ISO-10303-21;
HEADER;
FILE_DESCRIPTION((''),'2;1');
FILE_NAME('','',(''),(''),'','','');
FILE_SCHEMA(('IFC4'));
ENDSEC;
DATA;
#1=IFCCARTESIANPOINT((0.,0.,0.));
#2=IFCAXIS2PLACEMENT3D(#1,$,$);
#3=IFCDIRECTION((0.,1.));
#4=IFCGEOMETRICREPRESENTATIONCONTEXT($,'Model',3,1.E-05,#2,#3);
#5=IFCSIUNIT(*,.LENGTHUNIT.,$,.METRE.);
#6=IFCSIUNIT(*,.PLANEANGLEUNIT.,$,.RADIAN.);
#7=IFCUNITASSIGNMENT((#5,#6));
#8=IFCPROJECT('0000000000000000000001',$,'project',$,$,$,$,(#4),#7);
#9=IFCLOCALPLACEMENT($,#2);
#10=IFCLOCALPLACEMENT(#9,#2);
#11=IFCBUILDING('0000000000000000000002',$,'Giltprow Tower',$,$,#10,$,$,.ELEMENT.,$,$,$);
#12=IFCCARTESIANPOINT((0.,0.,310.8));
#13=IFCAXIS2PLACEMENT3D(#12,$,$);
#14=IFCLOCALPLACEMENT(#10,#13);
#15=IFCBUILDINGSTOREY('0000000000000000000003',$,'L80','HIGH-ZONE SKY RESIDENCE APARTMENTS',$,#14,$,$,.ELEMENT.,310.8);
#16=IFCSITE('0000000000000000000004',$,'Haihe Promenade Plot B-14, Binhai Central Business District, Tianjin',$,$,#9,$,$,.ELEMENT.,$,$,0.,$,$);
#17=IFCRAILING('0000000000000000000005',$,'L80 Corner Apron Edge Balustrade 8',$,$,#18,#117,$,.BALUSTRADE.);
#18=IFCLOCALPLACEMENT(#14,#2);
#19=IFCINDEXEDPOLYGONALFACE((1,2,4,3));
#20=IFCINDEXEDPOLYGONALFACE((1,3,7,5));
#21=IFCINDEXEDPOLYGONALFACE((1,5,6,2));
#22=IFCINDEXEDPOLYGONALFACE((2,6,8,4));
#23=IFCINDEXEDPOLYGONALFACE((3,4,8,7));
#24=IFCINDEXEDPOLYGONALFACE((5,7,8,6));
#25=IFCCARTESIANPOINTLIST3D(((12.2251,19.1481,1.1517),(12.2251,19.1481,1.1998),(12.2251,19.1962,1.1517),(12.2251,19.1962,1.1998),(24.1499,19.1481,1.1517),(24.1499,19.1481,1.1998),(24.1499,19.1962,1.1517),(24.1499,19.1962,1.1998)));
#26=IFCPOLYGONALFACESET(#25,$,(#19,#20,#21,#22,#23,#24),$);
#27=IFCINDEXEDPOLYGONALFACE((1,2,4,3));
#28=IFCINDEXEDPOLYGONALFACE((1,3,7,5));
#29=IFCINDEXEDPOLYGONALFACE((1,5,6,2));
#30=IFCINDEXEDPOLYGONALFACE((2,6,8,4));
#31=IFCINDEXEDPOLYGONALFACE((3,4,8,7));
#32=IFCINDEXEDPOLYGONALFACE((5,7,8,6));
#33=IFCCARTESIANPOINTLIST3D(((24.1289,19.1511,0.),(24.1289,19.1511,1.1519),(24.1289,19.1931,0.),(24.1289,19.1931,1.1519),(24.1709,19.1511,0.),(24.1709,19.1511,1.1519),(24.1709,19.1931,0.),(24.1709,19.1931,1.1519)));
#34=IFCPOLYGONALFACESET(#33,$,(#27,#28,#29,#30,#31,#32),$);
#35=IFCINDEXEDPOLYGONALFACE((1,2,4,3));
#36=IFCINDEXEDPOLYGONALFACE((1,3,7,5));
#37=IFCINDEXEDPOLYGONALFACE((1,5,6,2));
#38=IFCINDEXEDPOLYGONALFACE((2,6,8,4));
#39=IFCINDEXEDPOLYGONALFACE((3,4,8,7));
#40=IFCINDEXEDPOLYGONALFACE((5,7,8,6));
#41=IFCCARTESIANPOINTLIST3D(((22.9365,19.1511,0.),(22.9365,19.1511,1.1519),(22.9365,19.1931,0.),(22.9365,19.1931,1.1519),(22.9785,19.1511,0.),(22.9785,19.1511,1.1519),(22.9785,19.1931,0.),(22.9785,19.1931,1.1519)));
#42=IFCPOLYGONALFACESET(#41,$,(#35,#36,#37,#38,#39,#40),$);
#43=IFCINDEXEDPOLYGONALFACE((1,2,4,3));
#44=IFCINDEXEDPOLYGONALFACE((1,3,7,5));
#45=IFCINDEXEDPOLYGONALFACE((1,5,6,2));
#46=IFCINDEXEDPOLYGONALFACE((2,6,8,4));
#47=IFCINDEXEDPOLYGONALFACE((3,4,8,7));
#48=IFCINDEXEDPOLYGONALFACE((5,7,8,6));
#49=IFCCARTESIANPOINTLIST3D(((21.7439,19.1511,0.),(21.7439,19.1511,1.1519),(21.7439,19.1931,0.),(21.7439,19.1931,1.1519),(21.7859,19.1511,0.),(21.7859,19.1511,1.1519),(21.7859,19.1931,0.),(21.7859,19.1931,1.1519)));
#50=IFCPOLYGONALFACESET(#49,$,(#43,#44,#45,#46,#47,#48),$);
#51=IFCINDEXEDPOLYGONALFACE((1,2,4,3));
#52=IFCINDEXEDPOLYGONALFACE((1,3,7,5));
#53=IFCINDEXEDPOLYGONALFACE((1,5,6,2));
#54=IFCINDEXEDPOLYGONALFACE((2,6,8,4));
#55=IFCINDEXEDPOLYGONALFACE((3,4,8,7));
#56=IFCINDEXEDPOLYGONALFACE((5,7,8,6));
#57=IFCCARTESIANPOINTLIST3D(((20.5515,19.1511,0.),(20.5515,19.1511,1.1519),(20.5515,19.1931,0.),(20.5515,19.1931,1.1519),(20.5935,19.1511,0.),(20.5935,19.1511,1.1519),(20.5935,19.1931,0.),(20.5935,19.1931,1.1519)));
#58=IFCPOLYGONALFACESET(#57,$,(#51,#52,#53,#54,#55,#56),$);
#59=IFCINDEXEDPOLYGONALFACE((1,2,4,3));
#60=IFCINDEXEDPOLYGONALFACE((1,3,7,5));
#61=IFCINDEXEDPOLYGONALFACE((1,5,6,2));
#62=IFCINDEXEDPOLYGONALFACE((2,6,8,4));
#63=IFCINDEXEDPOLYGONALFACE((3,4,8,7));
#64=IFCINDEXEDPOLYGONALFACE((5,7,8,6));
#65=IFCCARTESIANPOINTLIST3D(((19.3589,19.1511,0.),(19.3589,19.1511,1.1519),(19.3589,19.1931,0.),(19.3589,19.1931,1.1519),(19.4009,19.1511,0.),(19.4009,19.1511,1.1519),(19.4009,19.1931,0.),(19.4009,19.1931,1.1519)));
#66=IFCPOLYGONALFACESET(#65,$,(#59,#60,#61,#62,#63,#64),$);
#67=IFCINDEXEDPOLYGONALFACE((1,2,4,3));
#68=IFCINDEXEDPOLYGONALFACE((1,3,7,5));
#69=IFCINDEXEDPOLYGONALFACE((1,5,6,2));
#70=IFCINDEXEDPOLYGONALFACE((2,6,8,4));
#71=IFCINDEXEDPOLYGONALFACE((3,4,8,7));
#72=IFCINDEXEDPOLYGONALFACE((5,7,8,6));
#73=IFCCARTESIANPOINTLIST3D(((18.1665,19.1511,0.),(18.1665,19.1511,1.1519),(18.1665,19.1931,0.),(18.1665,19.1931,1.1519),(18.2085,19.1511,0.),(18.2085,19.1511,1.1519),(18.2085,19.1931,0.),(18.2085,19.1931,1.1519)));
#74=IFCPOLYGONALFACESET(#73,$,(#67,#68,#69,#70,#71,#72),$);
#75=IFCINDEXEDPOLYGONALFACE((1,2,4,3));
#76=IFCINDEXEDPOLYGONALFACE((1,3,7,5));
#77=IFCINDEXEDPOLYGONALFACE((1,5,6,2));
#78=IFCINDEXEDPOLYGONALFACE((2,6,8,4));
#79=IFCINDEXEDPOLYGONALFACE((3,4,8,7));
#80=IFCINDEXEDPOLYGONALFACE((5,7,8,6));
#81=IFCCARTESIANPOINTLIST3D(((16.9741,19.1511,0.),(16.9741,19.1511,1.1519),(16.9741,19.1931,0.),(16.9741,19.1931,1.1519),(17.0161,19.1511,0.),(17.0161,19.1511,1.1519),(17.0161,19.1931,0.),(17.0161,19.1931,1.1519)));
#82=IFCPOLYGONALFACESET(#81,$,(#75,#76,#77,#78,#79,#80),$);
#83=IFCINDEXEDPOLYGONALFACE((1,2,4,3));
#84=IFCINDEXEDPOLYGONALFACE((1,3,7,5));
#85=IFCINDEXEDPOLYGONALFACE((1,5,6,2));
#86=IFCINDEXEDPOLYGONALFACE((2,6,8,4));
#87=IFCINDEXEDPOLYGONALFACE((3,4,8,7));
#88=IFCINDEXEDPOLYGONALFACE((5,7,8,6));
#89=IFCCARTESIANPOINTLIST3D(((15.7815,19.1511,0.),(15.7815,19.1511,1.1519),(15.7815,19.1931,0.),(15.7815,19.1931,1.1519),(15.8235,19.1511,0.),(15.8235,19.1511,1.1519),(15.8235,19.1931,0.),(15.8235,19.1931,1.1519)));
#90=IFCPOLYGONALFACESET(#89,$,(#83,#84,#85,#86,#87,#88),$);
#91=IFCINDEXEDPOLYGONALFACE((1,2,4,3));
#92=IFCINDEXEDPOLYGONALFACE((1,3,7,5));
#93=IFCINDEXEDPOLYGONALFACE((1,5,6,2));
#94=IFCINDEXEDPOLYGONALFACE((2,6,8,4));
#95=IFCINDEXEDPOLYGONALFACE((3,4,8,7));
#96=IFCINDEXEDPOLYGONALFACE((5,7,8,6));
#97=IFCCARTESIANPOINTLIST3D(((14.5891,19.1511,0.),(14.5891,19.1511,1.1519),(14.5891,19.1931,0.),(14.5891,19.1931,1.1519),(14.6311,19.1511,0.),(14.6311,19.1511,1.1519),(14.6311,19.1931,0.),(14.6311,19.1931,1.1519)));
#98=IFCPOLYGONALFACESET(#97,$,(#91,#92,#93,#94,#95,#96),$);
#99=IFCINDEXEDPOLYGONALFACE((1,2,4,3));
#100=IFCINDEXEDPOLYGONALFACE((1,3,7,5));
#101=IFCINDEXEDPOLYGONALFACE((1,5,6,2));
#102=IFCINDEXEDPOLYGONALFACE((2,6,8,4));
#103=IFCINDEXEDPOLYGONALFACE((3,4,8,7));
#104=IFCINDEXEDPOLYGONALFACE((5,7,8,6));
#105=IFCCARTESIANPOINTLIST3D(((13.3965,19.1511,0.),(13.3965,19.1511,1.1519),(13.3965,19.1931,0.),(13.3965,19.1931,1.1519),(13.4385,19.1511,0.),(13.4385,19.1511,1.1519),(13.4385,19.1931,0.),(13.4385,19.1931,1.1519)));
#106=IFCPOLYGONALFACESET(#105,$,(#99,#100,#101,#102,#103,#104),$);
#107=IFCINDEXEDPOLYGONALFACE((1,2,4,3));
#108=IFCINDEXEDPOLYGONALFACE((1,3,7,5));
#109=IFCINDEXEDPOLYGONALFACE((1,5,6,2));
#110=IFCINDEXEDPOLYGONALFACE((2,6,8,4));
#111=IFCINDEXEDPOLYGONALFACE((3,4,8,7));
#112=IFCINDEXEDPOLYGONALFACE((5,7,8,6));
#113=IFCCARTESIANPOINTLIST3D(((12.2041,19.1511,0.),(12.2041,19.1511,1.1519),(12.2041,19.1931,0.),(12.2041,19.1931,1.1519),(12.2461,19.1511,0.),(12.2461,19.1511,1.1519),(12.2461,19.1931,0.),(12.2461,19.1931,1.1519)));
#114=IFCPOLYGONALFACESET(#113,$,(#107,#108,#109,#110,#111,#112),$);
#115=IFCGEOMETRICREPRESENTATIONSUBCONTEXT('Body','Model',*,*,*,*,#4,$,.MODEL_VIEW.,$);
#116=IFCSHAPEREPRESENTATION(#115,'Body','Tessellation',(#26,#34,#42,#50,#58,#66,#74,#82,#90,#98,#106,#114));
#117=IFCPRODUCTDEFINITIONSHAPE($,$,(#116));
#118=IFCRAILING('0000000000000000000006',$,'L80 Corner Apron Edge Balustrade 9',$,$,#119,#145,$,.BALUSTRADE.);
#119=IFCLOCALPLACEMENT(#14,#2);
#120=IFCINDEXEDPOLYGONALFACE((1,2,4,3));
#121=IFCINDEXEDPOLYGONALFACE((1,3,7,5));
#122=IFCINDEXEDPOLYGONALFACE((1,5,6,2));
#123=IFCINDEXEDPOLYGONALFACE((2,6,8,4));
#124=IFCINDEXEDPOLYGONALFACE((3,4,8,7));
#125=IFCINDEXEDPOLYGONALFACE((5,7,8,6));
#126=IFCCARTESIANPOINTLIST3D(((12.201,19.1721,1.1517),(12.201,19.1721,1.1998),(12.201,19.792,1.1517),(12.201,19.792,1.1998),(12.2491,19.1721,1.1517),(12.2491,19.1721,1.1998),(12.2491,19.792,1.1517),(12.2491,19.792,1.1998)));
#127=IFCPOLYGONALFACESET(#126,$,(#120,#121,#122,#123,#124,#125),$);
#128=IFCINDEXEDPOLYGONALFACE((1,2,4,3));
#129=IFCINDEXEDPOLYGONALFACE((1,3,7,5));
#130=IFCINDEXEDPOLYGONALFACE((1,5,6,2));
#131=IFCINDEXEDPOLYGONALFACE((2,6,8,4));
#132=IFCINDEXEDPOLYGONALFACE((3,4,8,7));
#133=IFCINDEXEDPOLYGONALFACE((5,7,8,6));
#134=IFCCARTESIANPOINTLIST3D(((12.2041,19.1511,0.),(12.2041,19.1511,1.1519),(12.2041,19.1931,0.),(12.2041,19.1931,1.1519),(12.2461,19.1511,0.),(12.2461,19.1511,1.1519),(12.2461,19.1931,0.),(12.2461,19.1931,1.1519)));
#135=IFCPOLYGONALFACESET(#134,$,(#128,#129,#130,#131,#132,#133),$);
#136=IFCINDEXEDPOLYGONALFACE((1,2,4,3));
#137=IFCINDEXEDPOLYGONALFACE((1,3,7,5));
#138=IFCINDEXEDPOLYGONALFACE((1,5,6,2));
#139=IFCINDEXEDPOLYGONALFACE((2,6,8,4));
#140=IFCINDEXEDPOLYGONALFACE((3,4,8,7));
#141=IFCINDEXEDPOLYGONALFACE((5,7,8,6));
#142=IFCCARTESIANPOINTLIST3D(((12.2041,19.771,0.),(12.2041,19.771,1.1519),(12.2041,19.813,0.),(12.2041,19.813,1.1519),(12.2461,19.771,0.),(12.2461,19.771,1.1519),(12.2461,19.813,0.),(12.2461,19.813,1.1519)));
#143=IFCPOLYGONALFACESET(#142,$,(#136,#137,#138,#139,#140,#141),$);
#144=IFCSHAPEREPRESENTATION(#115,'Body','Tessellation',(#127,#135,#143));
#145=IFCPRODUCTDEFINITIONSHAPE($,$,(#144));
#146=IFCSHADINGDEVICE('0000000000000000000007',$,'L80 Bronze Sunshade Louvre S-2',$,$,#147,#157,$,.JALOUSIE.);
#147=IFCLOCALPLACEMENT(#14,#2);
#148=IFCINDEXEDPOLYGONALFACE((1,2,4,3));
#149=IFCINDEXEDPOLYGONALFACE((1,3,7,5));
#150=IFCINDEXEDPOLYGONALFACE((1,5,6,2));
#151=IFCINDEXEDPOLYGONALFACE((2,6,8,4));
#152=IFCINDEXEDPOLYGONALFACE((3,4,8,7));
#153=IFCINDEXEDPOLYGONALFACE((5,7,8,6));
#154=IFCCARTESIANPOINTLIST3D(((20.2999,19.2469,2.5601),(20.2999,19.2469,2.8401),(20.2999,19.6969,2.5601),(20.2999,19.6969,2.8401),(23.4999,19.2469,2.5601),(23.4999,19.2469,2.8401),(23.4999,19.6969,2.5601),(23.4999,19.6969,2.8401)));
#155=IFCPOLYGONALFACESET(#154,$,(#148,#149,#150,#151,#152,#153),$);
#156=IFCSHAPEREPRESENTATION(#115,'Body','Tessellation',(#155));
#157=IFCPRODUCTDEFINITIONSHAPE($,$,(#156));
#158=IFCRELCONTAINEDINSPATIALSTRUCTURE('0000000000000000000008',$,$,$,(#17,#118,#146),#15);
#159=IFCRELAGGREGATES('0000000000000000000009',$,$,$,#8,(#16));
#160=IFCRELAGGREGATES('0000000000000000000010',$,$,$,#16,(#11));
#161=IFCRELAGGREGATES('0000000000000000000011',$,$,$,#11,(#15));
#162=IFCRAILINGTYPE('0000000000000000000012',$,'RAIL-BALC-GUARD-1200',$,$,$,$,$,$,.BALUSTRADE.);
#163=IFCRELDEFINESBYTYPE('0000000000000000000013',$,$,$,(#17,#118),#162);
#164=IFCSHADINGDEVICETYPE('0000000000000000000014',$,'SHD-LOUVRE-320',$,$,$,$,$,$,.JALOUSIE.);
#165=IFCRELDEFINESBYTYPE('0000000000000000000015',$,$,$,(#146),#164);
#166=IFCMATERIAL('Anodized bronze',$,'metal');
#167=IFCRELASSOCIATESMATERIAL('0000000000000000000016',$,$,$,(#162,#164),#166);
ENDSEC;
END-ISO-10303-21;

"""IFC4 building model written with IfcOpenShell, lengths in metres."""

from ifc_helpers import new_model, si_unit, direction, frame, origin, origin_2d, place, context, subcontext, project, spatial, rectangle, extrude, source, transform, mapped, material, type_object, element, save


model = new_model("IFC4")

# Units and contexts
model_context = context("Model", 3, precision=1e-05, world=origin(), true_north=direction((0.0, 1.0)))
body_context = subcontext(model_context, "Body", "Model", "MODEL_VIEW")
ifc_project = project(units=[si_unit("LENGTHUNIT", "METRE"), si_unit("PLANEANGLEUNIT", "RADIAN")], contexts=[model_context])

# Site, building, storey
site_placement = place(None, origin())
site = spatial("IfcSite", under=ifc_project, at=site_placement, Name="Haihe Promenade Plot B-14, Binhai Central Business District, Tianjin", CompositionType="ELEMENT", RefElevation=0.0)
building_placement = place(site_placement, origin())
building = spatial("IfcBuilding", under=site, at=building_placement, Name="Giltprow Tower", CompositionType="ELEMENT")
storey_placement = place(building_placement, frame((0.0, 0.0, 310.8)))
storey = spatial("IfcBuildingStorey", under=building, at=storey_placement, Name="L80", Description="HIGH-ZONE SKY RESIDENCE APARTMENTS", CompositionType="ELEMENT", Elevation=310.8)

# Shared definitions
ifc_material_1 = material(Name="Anodized bronze", Category="metal")

# Railings
railing_type = type_object("IfcRailingType", Name="RAIL-BALC-GUARD-1200", PredefinedType="BALUSTRADE", material=ifc_material_1)
railing_1_placement = place(storey_placement, frame((24.1499, 19.1721, 0.0)))
element("IfcRailing", 1, at=railing_1_placement, inside=storey, type_object=railing_type, Name="L80 Corner Apron Edge Balustrade 8", PredefinedType="BALUSTRADE", context=body_context, shape_type="SweptSolid", body=[
    extrude(rectangle(XDim=0.0481, YDim=0.0481, at=origin_2d()), frame((0.0, 0.0, 1.1758), z_axis=(-1.0, 0.0, 0.0), x_axis=(0.0, -1.0, 0.0)), (0.0, 0.0, 1.0), 11.9248),
    extrude(rectangle(XDim=0.042, YDim=0.042, at=origin_2d()), origin(), (0.0, 0.0, 1.0), 1.1519),
    extrude(rectangle(XDim=0.042, YDim=0.042, at=origin_2d()), frame((-1.1924, 0.0, 0.0)), (0.0, 0.0, 1.0), 1.1519),
    extrude(rectangle(XDim=0.042, YDim=0.042, at=origin_2d()), frame((-2.385, 0.0, 0.0)), (0.0, 0.0, 1.0), 1.1519),
    extrude(rectangle(XDim=0.042, YDim=0.042, at=origin_2d()), frame((-3.5774, 0.0, 0.0)), (0.0, 0.0, 1.0), 1.1519),
    extrude(rectangle(XDim=0.042, YDim=0.042, at=origin_2d()), frame((-4.77, 0.0, 0.0)), (0.0, 0.0, 1.0), 1.1519),
    extrude(rectangle(XDim=0.042, YDim=0.042, at=origin_2d()), frame((-5.9624, 0.0, 0.0)), (0.0, 0.0, 1.0), 1.1519),
    extrude(rectangle(XDim=0.042, YDim=0.042, at=origin_2d()), frame((-7.1548, 0.0, 0.0)), (0.0, 0.0, 1.0), 1.1519),
    extrude(rectangle(XDim=0.042, YDim=0.042, at=origin_2d()), frame((-8.3474, 0.0, 0.0)), (0.0, 0.0, 1.0), 1.1519),
    extrude(rectangle(XDim=0.042, YDim=0.042, at=origin_2d()), frame((-9.5398, 0.0, 0.0)), (0.0, 0.0, 1.0), 1.1519),
    extrude(rectangle(XDim=0.042, YDim=0.042, at=origin_2d()), frame((-10.7324, 0.0, 0.0)), (0.0, 0.0, 1.0), 1.1519),
    extrude(rectangle(XDim=0.042, YDim=0.042, at=origin_2d()), frame((-11.9248, 0.0, 0.0)), (0.0, 0.0, 1.0), 1.1519),
])
railing_2_placement = place(storey_placement, frame((12.2251, 19.1721, 0.0)))
element("IfcRailing", 2, at=railing_2_placement, inside=storey, type_object=railing_type, Name="L80 Corner Apron Edge Balustrade 9", PredefinedType="BALUSTRADE", context=body_context, shape_type="SweptSolid", body=[
    extrude(rectangle(XDim=0.0481, YDim=0.0481, at=origin_2d()), frame((0.0, 0.0, 1.1758), z_axis=(0.0, 1.0, 0.0), x_axis=(-1.0, 0.0, 0.0)), (0.0, 0.0, 1.0), 0.6199),
    extrude(rectangle(XDim=0.042, YDim=0.042, at=origin_2d()), origin(), (0.0, 0.0, 1.0), 1.1519),
    extrude(rectangle(XDim=0.042, YDim=0.042, at=origin_2d()), frame((0.0, 0.6199, 0.0)), (0.0, 0.0, 1.0), 1.1519),
])

# Shading device
shading_device_type = type_object("IfcShadingDeviceType", Name="SHD-LOUVRE-320", PredefinedType="JALOUSIE", material=ifc_material_1)
shared_shape_1 = source(origin(), body_context, "Body", "SweptSolid", [
    extrude(rectangle(XDim=3.2, YDim=0.45, at=origin_2d()), origin(), (0.0, 0.0, 1.0), 0.28),
])
shading_device_placement = place(storey_placement, frame((21.8999, 19.4719, 2.5601), z_axis=(0.0, 0.0, 1.0), x_axis=(1.0, 0.0, 0.0)))
element("IfcShadingDevice", 3, at=shading_device_placement, inside=storey, type_object=shading_device_type, Name="L80 Bronze Sunshade Louvre S-2", PredefinedType="JALOUSIE", context=body_context, shape_type="MappedRepresentation", body=[
    mapped(shared_shape_1, transform((0.0, 0.0, 0.0), x_axis=(1.0, 0.0, 0.0), y_axis=(0.0, 1.0, 0.0), z_axis=(0.0, 0.0, 1.0), scale=1.0)),
])

save(model, "model.ifc")
